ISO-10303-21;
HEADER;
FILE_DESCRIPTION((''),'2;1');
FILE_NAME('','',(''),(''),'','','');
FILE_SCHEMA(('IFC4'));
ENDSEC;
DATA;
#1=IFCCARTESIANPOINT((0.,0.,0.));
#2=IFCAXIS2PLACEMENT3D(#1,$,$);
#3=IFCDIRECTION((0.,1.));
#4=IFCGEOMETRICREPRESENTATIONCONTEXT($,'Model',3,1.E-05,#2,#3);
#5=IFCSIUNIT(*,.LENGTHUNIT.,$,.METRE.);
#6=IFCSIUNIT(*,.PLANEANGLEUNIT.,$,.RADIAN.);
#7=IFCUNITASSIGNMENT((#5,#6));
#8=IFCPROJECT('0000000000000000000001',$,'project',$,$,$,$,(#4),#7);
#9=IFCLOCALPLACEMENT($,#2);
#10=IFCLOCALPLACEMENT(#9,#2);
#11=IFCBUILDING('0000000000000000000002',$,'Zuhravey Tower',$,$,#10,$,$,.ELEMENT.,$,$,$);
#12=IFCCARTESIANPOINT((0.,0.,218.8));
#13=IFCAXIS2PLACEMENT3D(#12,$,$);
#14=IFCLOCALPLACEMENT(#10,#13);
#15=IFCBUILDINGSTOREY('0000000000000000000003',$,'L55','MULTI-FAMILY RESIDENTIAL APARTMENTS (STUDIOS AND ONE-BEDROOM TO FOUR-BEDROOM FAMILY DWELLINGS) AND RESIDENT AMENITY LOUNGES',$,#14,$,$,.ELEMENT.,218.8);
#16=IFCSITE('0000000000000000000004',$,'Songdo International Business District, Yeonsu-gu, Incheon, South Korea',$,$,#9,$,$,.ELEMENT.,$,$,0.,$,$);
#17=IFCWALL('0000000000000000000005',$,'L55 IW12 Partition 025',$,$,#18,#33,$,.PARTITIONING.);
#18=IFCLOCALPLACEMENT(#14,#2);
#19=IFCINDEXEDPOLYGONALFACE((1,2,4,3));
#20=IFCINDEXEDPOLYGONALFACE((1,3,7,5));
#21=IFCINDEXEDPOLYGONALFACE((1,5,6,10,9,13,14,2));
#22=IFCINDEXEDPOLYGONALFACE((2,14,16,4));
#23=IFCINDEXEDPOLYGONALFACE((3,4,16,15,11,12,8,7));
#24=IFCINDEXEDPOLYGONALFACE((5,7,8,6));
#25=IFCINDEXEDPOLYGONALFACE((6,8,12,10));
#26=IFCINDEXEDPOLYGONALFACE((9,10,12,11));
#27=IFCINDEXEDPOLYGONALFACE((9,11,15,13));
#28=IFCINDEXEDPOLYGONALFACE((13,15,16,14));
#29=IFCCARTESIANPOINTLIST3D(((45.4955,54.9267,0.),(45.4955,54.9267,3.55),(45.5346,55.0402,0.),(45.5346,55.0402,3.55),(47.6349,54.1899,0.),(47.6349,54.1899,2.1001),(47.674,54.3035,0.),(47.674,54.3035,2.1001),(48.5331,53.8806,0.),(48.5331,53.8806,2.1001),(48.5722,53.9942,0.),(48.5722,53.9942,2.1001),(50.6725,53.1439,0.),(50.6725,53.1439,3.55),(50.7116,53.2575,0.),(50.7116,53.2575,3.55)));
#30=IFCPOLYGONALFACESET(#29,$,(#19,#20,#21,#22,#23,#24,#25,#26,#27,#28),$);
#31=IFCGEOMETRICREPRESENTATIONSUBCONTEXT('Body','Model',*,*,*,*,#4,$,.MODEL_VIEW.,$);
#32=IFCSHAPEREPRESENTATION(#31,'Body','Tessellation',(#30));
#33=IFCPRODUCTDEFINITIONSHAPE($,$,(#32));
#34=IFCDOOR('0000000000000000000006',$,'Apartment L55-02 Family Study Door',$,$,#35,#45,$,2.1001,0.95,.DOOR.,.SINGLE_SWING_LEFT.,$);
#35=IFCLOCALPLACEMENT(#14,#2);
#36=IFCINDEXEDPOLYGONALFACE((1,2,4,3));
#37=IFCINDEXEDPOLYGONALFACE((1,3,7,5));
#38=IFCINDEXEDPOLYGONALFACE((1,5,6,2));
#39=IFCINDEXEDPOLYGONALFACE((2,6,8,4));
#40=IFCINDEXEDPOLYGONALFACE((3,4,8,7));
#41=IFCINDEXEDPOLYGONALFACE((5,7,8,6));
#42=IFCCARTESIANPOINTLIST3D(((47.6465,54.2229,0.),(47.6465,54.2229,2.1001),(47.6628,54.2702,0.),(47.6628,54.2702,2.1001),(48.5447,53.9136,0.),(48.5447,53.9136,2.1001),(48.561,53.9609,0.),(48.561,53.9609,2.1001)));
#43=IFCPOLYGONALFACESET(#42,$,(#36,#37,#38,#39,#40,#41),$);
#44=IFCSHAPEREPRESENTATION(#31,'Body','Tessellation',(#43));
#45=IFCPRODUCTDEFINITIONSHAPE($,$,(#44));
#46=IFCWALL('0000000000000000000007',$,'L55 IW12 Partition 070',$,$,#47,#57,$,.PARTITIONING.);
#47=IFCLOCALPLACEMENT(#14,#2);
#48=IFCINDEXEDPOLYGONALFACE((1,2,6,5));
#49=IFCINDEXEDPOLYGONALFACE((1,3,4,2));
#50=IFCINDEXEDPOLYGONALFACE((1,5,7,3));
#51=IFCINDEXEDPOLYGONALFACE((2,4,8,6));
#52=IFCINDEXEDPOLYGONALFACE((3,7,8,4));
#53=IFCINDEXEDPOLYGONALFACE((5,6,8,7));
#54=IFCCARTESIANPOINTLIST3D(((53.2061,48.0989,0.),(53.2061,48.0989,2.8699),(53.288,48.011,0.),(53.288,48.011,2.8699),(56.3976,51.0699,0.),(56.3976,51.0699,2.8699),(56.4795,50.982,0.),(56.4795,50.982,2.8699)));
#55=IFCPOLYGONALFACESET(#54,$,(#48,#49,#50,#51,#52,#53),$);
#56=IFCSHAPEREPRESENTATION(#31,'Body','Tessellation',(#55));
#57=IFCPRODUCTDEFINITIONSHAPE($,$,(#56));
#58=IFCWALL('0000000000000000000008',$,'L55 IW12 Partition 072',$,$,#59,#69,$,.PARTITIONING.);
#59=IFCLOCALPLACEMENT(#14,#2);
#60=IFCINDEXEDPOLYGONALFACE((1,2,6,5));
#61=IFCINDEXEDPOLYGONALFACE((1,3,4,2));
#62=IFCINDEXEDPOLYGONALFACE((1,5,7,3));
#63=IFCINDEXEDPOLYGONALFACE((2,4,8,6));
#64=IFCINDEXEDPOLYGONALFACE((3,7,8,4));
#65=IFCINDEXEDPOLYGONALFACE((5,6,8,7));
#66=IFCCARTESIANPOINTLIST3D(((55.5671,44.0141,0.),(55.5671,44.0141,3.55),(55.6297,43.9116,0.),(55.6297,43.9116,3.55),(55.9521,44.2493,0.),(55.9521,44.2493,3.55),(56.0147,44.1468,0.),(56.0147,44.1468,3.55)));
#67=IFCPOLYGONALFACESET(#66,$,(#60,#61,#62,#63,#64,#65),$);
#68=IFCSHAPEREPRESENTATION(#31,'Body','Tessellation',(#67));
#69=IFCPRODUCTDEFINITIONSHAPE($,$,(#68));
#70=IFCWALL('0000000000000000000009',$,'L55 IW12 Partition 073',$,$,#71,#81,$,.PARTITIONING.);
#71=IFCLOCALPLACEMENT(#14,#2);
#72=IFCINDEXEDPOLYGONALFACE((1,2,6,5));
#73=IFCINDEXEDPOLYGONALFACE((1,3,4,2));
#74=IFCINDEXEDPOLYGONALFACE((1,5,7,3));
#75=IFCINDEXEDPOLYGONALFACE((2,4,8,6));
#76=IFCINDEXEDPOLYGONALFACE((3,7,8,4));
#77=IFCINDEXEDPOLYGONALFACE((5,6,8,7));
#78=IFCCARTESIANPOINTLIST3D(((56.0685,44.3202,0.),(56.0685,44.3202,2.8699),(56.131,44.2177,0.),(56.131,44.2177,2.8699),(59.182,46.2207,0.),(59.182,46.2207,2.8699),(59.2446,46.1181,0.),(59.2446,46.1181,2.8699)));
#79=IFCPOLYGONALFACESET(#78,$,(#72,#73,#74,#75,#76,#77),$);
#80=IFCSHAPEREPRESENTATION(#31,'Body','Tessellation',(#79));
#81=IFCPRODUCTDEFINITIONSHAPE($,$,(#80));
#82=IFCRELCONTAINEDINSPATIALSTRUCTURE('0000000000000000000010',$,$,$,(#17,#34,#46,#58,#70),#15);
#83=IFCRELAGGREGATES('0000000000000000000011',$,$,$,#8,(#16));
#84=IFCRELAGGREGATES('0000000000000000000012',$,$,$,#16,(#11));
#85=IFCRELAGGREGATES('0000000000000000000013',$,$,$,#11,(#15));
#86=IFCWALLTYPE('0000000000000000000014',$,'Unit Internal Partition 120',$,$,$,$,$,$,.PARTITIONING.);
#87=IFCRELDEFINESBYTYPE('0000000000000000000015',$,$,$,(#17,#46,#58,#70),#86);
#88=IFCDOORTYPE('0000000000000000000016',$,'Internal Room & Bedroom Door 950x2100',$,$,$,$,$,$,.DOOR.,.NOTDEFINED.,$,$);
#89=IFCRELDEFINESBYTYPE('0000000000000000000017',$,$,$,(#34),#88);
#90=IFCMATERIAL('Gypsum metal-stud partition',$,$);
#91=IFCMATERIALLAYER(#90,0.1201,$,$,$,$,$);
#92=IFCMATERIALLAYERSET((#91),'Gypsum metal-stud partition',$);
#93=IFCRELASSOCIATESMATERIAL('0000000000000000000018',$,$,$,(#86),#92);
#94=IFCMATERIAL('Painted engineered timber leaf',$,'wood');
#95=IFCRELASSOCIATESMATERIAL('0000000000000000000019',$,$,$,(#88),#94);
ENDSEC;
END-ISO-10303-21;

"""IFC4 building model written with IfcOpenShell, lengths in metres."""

from ifc_helpers import new_model, si_unit, direction, frame, frame_2d, origin, place, context, subcontext, project, spatial, rectangle, extrude, material, layer, layer_set, type_object, element, fill, save


model = new_model("IFC4")

# Units and contexts
model_context = context("Model", 3, precision=1e-05, world=origin(), true_north=direction((0.0, 1.0)))
body_context = subcontext(model_context, "Body", "Model", "MODEL_VIEW")
ifc_project = project(units=[si_unit("LENGTHUNIT", "METRE"), si_unit("PLANEANGLEUNIT", "RADIAN")], contexts=[model_context])

# Site, building, storey
site_placement = place(None, origin())
site = spatial("IfcSite", under=ifc_project, at=site_placement, Name="Songdo International Business District, Yeonsu-gu, Incheon, South Korea", CompositionType="ELEMENT", RefElevation=0.0)
building_placement = place(site_placement, origin())
building = spatial("IfcBuilding", under=site, at=building_placement, Name="Zuhravey Tower", CompositionType="ELEMENT")
storey_placement = place(building_placement, frame((0.0, 0.0, 218.8)))
storey = spatial("IfcBuildingStorey", under=building, at=storey_placement, Name="L55", Description="MULTI-FAMILY RESIDENTIAL APARTMENTS (STUDIOS AND ONE-BEDROOM TO FOUR-BEDROOM FAMILY DWELLINGS) AND RESIDENT AMENITY LOUNGES", CompositionType="ELEMENT", Elevation=218.8)

# Shared definitions
ifc_material_1 = material(Name="Gypsum metal-stud partition")
ifc_layer_1 = layer(ifc_material_1, 0.1201)
ifc_layer_set_1 = layer_set([ifc_layer_1], Name="Gypsum metal-stud partition")
wall_type_1 = type_object("IfcWallType", Name="Unit Internal Partition 120", PredefinedType="PARTITIONING", material=ifc_layer_set_1)
ifc_material_2 = material(Name="Painted engineered timber leaf", Category="wood")
door_type_1 = type_object("IfcDoorType", Name="Internal Room & Bedroom Door 950x2100", OperationType="NOTDEFINED", PredefinedType="DOOR", material=ifc_material_2)

# Wall, opening, door
wall_1_placement = place(storey_placement, frame((50.6921, 53.2007, 0.0), z_axis=(0.0, 0.0, 1.0), x_axis=(-0.945511, 0.325589, 0.0)))
wall_1 = element("IfcWall", 1, at=wall_1_placement, inside=storey, type_object=wall_type_1, Name="L55 IW12 Partition 025", PredefinedType="PARTITIONING", context=body_context, shape_type="SweptSolid", body=[
    extrude(rectangle(XDim=5.4753, YDim=0.1201, at=frame_2d((2.7378, 0.0))), origin(), (0.0, 0.0, 1.0), 3.55),
])
opening_1_placement = place(wall_1_placement, frame((2.2627, 0.0, 0.0)))
opening_1 = element("IfcOpeningElement", 2, at=opening_1_placement, cuts=wall_1, PredefinedType="OPENING", context=body_context, shape_type="SweptSolid", body=[
    extrude(rectangle(XDim=0.95, YDim=2.1001, at=frame_2d((0.4751, 1.05))), frame((0.0, 0.072, 0.0), z_axis=(0.0, -1.0, 0.0), x_axis=(1.0, 0.0, 0.0)), (0.0, 0.0, 1.0), 0.144),
])
door_1_placement = place(opening_1_placement, frame((0.95, 0.0, 0.0), z_axis=(0.0, 0.0, 1.0), x_axis=(-1.0, 0.0, 0.0)))
door_1 = element("IfcDoor", 3, at=door_1_placement, inside=storey, type_object=door_type_1, Name="Apartment L55-02 Family Study Door", OperationType="SINGLE_SWING_LEFT", OverallHeight=2.1001, OverallWidth=0.95, PredefinedType="DOOR", context=body_context, shape_type="SweptSolid", body=[
    extrude(rectangle(XDim=0.95, YDim=2.1001, at=frame_2d((0.4751, 1.05))), frame((0.0, 0.0249, 0.0), z_axis=(0.0, -1.0, 0.0), x_axis=(1.0, 0.0, 0.0)), (0.0, 0.0, 1.0), 0.05),
])
fill(opening_1, door_1)

# Walls
wall_2_placement = place(storey_placement, frame((53.2471, 48.0549, 0.0), z_axis=(0.0, 0.0, 1.0), x_axis=(0.731935, 0.681374, 0.0)))
element("IfcWall", 4, at=wall_2_placement, inside=storey, type_object=wall_type_1, Name="L55 IW12 Partition 070", PredefinedType="PARTITIONING", context=body_context, shape_type="SweptSolid", body=[
    extrude(rectangle(XDim=4.3604, YDim=0.1201, at=frame_2d((2.1802, 0.0))), origin(), (0.0, 0.0, 1.0), 2.8699),
])
wall_3_placement = place(storey_placement, frame((55.5984, 43.9629, 0.0), z_axis=(0.0, 0.0, 1.0), x_axis=(0.853456, 0.521165, 0.0)))
element("IfcWall", 5, at=wall_3_placement, inside=storey, type_object=wall_type_1, Name="L55 IW12 Partition 072", PredefinedType="PARTITIONING", context=body_context, shape_type="SweptSolid", body=[
    extrude(rectangle(XDim=0.4512, YDim=0.1201, at=frame_2d((0.2256, 0.0))), origin(), (0.0, 0.0, 1.0), 3.55),
])
wall_4_placement = place(storey_placement, frame((56.0999, 44.269, 0.0), z_axis=(0.0, 0.0, 1.0), x_axis=(0.853565, 0.520987, 0.0)))
element("IfcWall", 6, at=wall_4_placement, inside=storey, type_object=wall_type_1, Name="L55 IW12 Partition 073", PredefinedType="PARTITIONING", context=body_context, shape_type="SweptSolid", body=[
    extrude(rectangle(XDim=3.6477, YDim=0.1201, at=frame_2d((1.8237, 0.0))), origin(), (0.0, 0.0, 1.0), 2.8699),
])

save(model, "model.ifc")
